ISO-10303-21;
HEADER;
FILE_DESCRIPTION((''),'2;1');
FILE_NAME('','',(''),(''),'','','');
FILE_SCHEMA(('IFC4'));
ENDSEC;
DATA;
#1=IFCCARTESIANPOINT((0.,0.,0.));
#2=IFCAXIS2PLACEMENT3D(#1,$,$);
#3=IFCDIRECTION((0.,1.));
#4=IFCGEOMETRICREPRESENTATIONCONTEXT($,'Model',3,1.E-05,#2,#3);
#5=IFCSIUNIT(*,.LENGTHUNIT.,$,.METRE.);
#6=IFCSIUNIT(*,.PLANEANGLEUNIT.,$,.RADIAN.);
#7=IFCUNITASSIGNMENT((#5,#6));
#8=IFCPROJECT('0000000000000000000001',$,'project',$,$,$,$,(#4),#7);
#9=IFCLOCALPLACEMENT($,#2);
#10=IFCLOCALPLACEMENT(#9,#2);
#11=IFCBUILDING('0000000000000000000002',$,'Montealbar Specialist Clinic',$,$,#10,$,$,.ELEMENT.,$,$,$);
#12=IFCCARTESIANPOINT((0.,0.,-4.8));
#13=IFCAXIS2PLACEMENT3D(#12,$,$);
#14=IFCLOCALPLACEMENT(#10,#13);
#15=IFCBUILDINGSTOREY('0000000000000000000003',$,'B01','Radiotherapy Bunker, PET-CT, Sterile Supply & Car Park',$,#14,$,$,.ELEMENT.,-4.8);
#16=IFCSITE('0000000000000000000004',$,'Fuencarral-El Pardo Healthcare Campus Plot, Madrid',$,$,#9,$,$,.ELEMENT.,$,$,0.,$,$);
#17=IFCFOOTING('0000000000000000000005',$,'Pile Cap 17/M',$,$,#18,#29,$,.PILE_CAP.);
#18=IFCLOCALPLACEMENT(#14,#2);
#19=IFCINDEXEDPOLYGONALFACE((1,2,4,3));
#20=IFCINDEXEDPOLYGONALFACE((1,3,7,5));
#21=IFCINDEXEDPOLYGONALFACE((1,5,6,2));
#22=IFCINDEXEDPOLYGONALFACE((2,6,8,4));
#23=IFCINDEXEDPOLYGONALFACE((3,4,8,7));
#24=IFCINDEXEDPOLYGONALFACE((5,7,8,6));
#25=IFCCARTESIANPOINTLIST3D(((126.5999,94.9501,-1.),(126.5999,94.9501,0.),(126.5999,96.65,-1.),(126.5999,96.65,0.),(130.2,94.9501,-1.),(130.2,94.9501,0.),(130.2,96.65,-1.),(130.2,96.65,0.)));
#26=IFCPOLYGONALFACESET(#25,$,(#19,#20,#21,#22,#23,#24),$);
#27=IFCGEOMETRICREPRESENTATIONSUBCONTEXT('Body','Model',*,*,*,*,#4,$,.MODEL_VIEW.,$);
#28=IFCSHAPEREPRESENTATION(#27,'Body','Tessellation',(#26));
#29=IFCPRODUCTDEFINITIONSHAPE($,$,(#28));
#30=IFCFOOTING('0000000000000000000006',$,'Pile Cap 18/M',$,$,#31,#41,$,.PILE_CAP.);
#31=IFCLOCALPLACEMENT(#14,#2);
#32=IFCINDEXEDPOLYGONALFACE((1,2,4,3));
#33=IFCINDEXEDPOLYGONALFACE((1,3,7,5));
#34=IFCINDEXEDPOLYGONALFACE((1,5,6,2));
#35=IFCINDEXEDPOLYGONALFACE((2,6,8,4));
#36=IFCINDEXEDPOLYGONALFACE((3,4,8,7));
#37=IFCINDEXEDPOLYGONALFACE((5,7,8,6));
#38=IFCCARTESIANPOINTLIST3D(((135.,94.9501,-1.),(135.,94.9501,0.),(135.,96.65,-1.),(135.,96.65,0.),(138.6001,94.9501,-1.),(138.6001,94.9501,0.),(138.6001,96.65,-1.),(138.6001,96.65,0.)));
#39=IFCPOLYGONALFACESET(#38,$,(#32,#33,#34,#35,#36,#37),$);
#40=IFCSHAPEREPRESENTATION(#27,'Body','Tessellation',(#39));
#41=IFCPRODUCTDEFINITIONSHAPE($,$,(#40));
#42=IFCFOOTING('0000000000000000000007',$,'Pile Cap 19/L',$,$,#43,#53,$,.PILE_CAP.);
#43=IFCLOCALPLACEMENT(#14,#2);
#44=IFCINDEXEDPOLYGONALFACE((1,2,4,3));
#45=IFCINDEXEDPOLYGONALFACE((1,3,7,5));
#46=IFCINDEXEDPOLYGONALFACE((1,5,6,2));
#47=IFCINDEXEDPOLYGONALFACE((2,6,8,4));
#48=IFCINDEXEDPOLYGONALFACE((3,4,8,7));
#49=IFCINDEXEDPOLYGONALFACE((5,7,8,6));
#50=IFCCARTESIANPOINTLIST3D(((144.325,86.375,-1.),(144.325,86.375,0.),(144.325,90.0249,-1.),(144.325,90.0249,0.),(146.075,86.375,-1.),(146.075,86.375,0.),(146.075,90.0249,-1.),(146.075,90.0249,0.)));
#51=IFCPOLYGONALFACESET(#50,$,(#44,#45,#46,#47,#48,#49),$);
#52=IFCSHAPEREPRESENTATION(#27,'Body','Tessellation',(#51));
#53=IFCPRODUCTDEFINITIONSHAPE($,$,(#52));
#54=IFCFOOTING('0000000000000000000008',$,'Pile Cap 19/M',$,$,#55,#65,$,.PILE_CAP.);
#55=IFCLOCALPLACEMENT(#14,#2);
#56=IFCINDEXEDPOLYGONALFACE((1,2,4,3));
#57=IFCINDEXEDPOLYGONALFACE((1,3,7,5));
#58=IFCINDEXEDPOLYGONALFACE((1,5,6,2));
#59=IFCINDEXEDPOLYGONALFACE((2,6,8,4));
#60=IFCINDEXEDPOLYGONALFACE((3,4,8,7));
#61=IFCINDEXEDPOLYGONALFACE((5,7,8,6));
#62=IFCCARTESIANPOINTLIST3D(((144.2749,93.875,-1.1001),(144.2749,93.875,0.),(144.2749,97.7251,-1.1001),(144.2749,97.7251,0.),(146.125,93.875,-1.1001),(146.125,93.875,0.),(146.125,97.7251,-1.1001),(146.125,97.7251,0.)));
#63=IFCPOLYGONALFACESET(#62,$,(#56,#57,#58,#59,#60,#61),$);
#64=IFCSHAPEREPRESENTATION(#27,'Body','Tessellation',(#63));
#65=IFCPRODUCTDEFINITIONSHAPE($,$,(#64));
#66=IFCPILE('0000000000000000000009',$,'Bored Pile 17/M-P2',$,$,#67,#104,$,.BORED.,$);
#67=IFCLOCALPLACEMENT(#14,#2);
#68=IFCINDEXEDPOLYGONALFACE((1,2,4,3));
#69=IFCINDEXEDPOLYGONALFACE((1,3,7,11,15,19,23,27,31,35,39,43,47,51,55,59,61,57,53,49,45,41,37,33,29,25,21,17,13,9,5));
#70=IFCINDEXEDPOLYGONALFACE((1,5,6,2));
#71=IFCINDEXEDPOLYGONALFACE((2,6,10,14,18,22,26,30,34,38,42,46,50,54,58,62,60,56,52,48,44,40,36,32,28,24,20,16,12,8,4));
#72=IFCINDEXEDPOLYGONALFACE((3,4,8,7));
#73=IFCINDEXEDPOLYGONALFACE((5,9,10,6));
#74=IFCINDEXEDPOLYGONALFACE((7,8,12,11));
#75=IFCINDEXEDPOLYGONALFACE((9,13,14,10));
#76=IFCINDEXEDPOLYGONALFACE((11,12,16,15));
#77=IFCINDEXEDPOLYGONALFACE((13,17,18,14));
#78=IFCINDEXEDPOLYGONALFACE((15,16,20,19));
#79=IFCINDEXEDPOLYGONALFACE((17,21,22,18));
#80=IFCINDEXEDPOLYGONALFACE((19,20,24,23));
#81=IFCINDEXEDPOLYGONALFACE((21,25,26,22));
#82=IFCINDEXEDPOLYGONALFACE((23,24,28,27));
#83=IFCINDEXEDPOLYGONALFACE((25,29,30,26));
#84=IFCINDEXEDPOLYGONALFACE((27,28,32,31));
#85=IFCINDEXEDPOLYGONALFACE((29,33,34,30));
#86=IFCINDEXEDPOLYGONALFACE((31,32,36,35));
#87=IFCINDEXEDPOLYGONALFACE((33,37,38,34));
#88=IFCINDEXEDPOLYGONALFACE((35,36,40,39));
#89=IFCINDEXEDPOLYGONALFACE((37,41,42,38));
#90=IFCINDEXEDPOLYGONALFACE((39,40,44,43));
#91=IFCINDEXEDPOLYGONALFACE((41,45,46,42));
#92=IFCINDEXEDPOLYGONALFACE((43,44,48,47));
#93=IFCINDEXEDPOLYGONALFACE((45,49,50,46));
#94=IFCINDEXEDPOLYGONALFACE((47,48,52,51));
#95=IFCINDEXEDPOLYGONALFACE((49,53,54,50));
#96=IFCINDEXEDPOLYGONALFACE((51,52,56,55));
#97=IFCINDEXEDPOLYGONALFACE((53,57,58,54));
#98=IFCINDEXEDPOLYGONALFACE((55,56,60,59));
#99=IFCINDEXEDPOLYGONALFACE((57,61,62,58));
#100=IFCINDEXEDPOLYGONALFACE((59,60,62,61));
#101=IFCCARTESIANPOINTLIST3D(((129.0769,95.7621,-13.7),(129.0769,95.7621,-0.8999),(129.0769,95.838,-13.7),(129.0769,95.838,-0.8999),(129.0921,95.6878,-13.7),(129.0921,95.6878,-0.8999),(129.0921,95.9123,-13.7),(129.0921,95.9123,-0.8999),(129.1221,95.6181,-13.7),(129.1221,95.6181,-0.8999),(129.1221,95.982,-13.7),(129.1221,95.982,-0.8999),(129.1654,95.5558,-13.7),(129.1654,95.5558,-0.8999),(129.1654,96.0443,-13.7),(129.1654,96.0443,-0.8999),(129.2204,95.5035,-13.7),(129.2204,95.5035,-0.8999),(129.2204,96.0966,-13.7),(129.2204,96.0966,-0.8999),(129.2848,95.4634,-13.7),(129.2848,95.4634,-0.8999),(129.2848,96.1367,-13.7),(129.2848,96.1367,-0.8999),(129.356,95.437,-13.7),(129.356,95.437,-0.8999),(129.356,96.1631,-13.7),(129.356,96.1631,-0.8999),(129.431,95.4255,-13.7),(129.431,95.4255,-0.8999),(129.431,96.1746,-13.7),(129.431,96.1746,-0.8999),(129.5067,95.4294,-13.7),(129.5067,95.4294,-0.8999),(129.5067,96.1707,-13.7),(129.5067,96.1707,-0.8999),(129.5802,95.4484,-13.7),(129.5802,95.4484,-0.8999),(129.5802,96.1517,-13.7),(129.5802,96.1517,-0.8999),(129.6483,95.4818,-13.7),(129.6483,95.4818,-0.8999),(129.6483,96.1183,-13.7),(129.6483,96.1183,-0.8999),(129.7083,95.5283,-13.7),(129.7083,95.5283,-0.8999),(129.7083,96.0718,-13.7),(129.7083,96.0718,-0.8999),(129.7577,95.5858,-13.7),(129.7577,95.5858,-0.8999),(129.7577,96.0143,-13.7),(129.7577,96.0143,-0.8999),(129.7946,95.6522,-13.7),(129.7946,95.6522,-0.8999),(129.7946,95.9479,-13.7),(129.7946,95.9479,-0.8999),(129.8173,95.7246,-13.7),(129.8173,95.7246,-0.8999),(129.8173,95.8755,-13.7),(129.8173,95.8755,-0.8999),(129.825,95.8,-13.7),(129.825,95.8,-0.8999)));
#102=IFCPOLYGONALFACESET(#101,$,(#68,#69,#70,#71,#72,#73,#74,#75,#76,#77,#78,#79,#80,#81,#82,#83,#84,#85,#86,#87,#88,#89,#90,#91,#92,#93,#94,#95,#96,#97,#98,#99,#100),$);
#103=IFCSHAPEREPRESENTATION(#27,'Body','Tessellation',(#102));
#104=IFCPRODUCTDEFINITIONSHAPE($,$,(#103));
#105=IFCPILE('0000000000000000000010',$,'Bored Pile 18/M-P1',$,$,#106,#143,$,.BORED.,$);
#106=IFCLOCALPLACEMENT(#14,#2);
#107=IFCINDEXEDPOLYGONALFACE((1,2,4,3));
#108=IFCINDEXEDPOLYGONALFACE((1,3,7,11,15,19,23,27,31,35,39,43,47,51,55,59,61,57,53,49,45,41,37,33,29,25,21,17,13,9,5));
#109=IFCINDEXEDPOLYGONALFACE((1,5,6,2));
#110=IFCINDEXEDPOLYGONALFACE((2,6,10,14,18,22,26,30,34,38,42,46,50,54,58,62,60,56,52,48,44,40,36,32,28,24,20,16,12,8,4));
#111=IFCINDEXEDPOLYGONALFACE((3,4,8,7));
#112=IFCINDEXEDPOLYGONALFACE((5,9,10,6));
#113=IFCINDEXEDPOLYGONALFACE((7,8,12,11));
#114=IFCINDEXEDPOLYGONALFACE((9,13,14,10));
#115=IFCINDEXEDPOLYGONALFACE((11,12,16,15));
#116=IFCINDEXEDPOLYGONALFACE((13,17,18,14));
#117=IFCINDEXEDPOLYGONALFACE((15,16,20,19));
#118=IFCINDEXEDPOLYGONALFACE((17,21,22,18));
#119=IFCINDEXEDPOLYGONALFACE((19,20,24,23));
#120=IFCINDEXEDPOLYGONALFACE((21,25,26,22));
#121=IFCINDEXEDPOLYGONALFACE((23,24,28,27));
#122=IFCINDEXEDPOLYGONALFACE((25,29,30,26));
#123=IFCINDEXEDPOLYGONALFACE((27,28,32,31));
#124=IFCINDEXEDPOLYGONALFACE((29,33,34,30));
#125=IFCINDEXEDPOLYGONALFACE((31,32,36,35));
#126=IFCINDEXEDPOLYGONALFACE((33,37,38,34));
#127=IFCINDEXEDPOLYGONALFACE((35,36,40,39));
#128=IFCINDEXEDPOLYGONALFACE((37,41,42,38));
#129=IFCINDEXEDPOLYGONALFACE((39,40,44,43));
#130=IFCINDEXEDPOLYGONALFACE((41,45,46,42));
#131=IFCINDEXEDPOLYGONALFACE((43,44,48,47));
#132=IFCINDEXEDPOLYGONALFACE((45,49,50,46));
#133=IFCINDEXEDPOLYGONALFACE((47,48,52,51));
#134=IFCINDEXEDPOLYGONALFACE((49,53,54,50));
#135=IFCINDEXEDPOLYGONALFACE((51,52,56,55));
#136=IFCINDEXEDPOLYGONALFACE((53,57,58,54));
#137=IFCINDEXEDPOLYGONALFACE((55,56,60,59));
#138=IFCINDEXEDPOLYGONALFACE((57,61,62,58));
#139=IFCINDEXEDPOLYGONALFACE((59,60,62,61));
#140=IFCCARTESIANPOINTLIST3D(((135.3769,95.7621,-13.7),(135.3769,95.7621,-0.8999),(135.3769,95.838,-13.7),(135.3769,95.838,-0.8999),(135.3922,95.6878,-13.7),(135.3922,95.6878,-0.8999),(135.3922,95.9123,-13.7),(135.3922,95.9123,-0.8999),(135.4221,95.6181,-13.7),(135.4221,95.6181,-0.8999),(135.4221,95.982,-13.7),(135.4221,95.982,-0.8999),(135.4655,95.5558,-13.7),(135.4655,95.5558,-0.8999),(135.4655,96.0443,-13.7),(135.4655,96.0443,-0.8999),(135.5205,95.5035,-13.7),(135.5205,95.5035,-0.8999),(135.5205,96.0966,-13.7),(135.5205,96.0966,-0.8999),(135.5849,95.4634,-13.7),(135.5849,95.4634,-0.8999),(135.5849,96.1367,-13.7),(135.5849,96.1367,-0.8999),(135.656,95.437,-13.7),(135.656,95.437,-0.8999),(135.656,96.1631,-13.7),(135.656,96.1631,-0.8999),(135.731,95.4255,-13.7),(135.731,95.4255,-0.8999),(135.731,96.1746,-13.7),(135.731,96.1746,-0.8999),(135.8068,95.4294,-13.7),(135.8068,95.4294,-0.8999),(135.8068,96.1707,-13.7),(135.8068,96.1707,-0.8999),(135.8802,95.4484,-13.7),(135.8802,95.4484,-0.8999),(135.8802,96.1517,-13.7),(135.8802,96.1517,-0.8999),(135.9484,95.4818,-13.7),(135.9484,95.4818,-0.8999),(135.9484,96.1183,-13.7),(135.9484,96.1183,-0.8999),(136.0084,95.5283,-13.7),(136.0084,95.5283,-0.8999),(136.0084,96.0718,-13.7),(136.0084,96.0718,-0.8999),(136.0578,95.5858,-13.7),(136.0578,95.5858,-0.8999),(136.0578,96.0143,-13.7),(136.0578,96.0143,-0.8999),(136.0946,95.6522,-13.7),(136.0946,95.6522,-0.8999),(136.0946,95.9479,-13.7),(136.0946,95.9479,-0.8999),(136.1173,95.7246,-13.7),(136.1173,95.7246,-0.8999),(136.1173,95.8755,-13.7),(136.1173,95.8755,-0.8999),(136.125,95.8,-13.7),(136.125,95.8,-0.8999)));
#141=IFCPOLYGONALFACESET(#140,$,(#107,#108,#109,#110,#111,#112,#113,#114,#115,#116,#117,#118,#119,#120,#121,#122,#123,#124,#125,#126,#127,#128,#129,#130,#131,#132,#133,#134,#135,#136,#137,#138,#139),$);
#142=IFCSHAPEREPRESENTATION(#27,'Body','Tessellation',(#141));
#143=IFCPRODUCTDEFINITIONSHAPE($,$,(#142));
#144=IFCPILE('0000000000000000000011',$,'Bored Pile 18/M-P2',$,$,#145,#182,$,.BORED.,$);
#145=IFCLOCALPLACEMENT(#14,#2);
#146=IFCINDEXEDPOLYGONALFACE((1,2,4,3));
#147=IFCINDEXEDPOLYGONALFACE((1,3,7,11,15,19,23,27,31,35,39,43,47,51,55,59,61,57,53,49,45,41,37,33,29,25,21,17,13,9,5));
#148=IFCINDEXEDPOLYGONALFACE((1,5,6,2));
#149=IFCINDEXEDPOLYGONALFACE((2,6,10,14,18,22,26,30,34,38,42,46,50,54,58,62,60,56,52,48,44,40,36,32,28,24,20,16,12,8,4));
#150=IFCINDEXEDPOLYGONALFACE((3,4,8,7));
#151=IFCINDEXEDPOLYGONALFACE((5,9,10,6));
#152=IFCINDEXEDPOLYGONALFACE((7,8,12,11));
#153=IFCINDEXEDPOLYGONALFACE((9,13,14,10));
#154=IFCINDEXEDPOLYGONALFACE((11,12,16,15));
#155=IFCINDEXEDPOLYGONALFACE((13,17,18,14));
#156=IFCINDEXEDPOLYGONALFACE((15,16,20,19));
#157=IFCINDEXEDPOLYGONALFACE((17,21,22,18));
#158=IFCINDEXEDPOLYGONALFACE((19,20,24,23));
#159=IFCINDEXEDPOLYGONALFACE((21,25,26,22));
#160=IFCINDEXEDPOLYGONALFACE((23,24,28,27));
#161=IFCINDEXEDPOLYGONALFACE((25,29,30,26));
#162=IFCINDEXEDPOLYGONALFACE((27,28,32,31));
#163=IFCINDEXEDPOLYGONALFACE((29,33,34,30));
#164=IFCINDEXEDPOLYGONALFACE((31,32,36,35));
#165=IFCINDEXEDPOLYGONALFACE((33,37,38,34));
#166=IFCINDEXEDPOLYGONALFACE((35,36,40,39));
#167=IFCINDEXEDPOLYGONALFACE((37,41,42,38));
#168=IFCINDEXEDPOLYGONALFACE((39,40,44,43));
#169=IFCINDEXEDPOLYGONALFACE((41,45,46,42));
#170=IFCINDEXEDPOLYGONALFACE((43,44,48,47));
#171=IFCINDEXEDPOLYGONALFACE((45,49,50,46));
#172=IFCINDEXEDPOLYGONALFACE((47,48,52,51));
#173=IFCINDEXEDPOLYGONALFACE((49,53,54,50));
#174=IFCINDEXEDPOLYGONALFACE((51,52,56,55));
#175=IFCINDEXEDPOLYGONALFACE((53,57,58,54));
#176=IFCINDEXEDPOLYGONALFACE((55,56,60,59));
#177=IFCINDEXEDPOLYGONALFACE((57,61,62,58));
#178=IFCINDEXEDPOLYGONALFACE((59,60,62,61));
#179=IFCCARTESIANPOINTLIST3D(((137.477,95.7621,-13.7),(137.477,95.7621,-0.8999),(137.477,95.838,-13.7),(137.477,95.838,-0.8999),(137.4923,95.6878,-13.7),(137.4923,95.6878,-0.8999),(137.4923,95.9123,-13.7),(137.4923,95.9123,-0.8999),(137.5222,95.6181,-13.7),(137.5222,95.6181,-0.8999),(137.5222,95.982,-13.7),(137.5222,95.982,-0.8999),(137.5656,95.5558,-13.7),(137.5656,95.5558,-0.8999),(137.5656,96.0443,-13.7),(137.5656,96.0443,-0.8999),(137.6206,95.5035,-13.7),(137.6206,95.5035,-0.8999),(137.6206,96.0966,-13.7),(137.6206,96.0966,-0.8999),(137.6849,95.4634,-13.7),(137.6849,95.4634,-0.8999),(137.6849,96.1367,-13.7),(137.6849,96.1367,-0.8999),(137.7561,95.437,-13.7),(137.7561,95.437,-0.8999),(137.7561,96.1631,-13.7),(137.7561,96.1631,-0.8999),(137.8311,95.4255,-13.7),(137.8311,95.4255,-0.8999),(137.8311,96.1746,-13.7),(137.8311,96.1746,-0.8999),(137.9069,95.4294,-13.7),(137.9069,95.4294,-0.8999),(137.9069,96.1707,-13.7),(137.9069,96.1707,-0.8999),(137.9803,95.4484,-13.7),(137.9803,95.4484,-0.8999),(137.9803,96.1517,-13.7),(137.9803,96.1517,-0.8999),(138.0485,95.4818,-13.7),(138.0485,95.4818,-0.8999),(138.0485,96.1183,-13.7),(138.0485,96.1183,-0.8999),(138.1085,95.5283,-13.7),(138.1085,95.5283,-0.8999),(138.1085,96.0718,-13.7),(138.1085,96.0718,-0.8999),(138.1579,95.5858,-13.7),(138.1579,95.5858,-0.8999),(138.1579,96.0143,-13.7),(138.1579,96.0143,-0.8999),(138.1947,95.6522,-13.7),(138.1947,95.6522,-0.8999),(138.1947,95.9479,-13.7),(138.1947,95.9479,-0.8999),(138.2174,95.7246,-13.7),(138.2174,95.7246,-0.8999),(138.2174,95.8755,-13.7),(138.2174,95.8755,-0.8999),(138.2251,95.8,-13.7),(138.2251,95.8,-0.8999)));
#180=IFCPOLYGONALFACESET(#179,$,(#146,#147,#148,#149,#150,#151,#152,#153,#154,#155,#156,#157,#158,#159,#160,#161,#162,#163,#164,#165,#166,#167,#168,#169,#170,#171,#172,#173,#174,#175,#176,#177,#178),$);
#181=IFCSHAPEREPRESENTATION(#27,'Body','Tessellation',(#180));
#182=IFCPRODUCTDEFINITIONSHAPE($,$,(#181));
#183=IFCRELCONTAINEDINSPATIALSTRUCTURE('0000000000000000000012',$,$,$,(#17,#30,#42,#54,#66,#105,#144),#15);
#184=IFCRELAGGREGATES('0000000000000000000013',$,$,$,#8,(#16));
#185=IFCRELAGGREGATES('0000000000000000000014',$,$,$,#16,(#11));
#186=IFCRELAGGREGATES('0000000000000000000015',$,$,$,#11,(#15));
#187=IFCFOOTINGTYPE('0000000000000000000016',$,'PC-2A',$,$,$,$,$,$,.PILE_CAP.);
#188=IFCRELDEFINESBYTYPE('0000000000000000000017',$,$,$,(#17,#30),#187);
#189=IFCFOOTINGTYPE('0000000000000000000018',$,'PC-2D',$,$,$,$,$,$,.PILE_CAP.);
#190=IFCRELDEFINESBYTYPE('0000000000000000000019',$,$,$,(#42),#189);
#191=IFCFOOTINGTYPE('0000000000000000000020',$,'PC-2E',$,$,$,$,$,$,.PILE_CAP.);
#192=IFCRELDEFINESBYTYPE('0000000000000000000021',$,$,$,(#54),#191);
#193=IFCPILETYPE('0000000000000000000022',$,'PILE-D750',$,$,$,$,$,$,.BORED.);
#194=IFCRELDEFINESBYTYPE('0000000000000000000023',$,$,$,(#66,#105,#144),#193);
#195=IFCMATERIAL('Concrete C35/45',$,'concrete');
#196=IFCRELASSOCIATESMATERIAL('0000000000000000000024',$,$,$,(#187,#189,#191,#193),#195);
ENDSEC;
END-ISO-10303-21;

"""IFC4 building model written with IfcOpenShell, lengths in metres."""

from ifc_helpers import new_model, si_unit, direction, frame, origin, origin_2d, place, context, subcontext, project, spatial, rectangle, circle, extrude, material, material_profile, profile_set, type_object, element, save


model = new_model("IFC4")

# Units and contexts
model_context = context("Model", 3, precision=1e-05, world=origin(), true_north=direction((0.0, 1.0)))
body_context = subcontext(model_context, "Body", "Model", "MODEL_VIEW")
ifc_project = project(units=[si_unit("LENGTHUNIT", "METRE"), si_unit("PLANEANGLEUNIT", "RADIAN")], contexts=[model_context])

# Site, building, storey
site_placement = place(None, origin())
site = spatial("IfcSite", under=ifc_project, at=site_placement, Name="Fuencarral-El Pardo Healthcare Campus Plot, Madrid", CompositionType="ELEMENT", RefElevation=0.0)
building_placement = place(site_placement, origin())
building = spatial("IfcBuilding", under=site, at=building_placement, Name="Montealbar Specialist Clinic", CompositionType="ELEMENT")
storey_placement = place(building_placement, frame((0.0, 0.0, -4.8)))
storey = spatial("IfcBuildingStorey", under=building, at=storey_placement, Name="B01", Description="Radiotherapy Bunker, PET-CT, Sterile Supply & Car Park", CompositionType="ELEMENT", Elevation=-4.8)

# Footings
ifc_material_1 = material(Name="Concrete C35/45", Category="concrete")
footing_type_1 = type_object("IfcFootingType", Name="PC-2A", PredefinedType="PILE_CAP", material=ifc_material_1)
for number, where, z_axis, x_axis, name in (
    (1, (128.3999, 95.8, -1.0), (0.0, 0.0, 1.0), (1.0, 0.0, 0.0), "Pile Cap 17/M"),
    (2, (136.8, 95.8, -1.0), (0.0, 0.0, 1.0), (1.0, 0.0, 0.0), "Pile Cap 18/M"),
):
    element("IfcFooting", number, at=place(storey_placement, frame(where, z_axis=z_axis, x_axis=x_axis)), inside=storey, type_object=footing_type_1, Name=name, PredefinedType="PILE_CAP", context=body_context, shape_type="SweptSolid", body=[
        extrude(rectangle(XDim=3.6001, YDim=1.7, at=origin_2d()), origin(), (0.0, 0.0, 1.0), 1.0),
    ])
footing_type_2 = type_object("IfcFootingType", Name="PC-2D", PredefinedType="PILE_CAP", material=ifc_material_1)
footing_1_placement = place(storey_placement, frame((145.2, 88.2, -1.0), z_axis=(0.0, 0.0, 1.0), x_axis=(1.0, 0.0, 0.0)))
element("IfcFooting", 3, at=footing_1_placement, inside=storey, type_object=footing_type_2, Name="Pile Cap 19/L", PredefinedType="PILE_CAP", context=body_context, shape_type="SweptSolid", body=[
    extrude(rectangle(XDim=1.75, YDim=3.6499, at=origin_2d()), origin(), (0.0, 0.0, 1.0), 1.0),
])
footing_type_3 = type_object("IfcFootingType", Name="PC-2E", PredefinedType="PILE_CAP", material=ifc_material_1)
footing_2_placement = place(storey_placement, frame((145.2, 95.8, -1.1001), z_axis=(0.0, 0.0, 1.0), x_axis=(1.0, 0.0, 0.0)))
element("IfcFooting", 4, at=footing_2_placement, inside=storey, type_object=footing_type_3, Name="Pile Cap 19/M", PredefinedType="PILE_CAP", context=body_context, shape_type="SweptSolid", body=[
    extrude(rectangle(XDim=1.8501, YDim=3.8501, at=origin_2d()), origin(), (0.0, 0.0, 1.0), 1.1001),
])

# Piles
ifc_material_profile_1 = material_profile(ifc_material_1, circle(Radius=0.375, at=origin_2d()), Name="PILE D750", Category="concrete")
ifc_profile_set_1 = profile_set([ifc_material_profile_1], Name="Concrete C35/45")
pile_type = type_object("IfcPileType", Name="PILE-D750", PredefinedType="BORED", material=ifc_profile_set_1)
for number, where, z_axis, x_axis, name in (
    (5, (129.45, 95.8, -0.8999), (0.0, 0.0, -1.0), (1.0, 0.0, 0.0), "Bored Pile 17/M-P2"),
    (6, (135.75, 95.8, -0.8999), (0.0, 0.0, -1.0), (1.0, 0.0, 0.0), "Bored Pile 18/M-P1"),
    (7, (137.8501, 95.8, -0.8999), (0.0, 0.0, -1.0), (1.0, 0.0, 0.0), "Bored Pile 18/M-P2"),
):
    element("IfcPile", number, at=place(storey_placement, frame(where, z_axis=z_axis, x_axis=x_axis)), inside=storey, type_object=pile_type, Name=name, PredefinedType="BORED", context=body_context, shape_type="SweptSolid", body=[
        extrude(circle(Radius=0.375, at=origin_2d()), origin(), (0.0, 0.0, 1.0), 12.8),
    ])

save(model, "model.ifc")
